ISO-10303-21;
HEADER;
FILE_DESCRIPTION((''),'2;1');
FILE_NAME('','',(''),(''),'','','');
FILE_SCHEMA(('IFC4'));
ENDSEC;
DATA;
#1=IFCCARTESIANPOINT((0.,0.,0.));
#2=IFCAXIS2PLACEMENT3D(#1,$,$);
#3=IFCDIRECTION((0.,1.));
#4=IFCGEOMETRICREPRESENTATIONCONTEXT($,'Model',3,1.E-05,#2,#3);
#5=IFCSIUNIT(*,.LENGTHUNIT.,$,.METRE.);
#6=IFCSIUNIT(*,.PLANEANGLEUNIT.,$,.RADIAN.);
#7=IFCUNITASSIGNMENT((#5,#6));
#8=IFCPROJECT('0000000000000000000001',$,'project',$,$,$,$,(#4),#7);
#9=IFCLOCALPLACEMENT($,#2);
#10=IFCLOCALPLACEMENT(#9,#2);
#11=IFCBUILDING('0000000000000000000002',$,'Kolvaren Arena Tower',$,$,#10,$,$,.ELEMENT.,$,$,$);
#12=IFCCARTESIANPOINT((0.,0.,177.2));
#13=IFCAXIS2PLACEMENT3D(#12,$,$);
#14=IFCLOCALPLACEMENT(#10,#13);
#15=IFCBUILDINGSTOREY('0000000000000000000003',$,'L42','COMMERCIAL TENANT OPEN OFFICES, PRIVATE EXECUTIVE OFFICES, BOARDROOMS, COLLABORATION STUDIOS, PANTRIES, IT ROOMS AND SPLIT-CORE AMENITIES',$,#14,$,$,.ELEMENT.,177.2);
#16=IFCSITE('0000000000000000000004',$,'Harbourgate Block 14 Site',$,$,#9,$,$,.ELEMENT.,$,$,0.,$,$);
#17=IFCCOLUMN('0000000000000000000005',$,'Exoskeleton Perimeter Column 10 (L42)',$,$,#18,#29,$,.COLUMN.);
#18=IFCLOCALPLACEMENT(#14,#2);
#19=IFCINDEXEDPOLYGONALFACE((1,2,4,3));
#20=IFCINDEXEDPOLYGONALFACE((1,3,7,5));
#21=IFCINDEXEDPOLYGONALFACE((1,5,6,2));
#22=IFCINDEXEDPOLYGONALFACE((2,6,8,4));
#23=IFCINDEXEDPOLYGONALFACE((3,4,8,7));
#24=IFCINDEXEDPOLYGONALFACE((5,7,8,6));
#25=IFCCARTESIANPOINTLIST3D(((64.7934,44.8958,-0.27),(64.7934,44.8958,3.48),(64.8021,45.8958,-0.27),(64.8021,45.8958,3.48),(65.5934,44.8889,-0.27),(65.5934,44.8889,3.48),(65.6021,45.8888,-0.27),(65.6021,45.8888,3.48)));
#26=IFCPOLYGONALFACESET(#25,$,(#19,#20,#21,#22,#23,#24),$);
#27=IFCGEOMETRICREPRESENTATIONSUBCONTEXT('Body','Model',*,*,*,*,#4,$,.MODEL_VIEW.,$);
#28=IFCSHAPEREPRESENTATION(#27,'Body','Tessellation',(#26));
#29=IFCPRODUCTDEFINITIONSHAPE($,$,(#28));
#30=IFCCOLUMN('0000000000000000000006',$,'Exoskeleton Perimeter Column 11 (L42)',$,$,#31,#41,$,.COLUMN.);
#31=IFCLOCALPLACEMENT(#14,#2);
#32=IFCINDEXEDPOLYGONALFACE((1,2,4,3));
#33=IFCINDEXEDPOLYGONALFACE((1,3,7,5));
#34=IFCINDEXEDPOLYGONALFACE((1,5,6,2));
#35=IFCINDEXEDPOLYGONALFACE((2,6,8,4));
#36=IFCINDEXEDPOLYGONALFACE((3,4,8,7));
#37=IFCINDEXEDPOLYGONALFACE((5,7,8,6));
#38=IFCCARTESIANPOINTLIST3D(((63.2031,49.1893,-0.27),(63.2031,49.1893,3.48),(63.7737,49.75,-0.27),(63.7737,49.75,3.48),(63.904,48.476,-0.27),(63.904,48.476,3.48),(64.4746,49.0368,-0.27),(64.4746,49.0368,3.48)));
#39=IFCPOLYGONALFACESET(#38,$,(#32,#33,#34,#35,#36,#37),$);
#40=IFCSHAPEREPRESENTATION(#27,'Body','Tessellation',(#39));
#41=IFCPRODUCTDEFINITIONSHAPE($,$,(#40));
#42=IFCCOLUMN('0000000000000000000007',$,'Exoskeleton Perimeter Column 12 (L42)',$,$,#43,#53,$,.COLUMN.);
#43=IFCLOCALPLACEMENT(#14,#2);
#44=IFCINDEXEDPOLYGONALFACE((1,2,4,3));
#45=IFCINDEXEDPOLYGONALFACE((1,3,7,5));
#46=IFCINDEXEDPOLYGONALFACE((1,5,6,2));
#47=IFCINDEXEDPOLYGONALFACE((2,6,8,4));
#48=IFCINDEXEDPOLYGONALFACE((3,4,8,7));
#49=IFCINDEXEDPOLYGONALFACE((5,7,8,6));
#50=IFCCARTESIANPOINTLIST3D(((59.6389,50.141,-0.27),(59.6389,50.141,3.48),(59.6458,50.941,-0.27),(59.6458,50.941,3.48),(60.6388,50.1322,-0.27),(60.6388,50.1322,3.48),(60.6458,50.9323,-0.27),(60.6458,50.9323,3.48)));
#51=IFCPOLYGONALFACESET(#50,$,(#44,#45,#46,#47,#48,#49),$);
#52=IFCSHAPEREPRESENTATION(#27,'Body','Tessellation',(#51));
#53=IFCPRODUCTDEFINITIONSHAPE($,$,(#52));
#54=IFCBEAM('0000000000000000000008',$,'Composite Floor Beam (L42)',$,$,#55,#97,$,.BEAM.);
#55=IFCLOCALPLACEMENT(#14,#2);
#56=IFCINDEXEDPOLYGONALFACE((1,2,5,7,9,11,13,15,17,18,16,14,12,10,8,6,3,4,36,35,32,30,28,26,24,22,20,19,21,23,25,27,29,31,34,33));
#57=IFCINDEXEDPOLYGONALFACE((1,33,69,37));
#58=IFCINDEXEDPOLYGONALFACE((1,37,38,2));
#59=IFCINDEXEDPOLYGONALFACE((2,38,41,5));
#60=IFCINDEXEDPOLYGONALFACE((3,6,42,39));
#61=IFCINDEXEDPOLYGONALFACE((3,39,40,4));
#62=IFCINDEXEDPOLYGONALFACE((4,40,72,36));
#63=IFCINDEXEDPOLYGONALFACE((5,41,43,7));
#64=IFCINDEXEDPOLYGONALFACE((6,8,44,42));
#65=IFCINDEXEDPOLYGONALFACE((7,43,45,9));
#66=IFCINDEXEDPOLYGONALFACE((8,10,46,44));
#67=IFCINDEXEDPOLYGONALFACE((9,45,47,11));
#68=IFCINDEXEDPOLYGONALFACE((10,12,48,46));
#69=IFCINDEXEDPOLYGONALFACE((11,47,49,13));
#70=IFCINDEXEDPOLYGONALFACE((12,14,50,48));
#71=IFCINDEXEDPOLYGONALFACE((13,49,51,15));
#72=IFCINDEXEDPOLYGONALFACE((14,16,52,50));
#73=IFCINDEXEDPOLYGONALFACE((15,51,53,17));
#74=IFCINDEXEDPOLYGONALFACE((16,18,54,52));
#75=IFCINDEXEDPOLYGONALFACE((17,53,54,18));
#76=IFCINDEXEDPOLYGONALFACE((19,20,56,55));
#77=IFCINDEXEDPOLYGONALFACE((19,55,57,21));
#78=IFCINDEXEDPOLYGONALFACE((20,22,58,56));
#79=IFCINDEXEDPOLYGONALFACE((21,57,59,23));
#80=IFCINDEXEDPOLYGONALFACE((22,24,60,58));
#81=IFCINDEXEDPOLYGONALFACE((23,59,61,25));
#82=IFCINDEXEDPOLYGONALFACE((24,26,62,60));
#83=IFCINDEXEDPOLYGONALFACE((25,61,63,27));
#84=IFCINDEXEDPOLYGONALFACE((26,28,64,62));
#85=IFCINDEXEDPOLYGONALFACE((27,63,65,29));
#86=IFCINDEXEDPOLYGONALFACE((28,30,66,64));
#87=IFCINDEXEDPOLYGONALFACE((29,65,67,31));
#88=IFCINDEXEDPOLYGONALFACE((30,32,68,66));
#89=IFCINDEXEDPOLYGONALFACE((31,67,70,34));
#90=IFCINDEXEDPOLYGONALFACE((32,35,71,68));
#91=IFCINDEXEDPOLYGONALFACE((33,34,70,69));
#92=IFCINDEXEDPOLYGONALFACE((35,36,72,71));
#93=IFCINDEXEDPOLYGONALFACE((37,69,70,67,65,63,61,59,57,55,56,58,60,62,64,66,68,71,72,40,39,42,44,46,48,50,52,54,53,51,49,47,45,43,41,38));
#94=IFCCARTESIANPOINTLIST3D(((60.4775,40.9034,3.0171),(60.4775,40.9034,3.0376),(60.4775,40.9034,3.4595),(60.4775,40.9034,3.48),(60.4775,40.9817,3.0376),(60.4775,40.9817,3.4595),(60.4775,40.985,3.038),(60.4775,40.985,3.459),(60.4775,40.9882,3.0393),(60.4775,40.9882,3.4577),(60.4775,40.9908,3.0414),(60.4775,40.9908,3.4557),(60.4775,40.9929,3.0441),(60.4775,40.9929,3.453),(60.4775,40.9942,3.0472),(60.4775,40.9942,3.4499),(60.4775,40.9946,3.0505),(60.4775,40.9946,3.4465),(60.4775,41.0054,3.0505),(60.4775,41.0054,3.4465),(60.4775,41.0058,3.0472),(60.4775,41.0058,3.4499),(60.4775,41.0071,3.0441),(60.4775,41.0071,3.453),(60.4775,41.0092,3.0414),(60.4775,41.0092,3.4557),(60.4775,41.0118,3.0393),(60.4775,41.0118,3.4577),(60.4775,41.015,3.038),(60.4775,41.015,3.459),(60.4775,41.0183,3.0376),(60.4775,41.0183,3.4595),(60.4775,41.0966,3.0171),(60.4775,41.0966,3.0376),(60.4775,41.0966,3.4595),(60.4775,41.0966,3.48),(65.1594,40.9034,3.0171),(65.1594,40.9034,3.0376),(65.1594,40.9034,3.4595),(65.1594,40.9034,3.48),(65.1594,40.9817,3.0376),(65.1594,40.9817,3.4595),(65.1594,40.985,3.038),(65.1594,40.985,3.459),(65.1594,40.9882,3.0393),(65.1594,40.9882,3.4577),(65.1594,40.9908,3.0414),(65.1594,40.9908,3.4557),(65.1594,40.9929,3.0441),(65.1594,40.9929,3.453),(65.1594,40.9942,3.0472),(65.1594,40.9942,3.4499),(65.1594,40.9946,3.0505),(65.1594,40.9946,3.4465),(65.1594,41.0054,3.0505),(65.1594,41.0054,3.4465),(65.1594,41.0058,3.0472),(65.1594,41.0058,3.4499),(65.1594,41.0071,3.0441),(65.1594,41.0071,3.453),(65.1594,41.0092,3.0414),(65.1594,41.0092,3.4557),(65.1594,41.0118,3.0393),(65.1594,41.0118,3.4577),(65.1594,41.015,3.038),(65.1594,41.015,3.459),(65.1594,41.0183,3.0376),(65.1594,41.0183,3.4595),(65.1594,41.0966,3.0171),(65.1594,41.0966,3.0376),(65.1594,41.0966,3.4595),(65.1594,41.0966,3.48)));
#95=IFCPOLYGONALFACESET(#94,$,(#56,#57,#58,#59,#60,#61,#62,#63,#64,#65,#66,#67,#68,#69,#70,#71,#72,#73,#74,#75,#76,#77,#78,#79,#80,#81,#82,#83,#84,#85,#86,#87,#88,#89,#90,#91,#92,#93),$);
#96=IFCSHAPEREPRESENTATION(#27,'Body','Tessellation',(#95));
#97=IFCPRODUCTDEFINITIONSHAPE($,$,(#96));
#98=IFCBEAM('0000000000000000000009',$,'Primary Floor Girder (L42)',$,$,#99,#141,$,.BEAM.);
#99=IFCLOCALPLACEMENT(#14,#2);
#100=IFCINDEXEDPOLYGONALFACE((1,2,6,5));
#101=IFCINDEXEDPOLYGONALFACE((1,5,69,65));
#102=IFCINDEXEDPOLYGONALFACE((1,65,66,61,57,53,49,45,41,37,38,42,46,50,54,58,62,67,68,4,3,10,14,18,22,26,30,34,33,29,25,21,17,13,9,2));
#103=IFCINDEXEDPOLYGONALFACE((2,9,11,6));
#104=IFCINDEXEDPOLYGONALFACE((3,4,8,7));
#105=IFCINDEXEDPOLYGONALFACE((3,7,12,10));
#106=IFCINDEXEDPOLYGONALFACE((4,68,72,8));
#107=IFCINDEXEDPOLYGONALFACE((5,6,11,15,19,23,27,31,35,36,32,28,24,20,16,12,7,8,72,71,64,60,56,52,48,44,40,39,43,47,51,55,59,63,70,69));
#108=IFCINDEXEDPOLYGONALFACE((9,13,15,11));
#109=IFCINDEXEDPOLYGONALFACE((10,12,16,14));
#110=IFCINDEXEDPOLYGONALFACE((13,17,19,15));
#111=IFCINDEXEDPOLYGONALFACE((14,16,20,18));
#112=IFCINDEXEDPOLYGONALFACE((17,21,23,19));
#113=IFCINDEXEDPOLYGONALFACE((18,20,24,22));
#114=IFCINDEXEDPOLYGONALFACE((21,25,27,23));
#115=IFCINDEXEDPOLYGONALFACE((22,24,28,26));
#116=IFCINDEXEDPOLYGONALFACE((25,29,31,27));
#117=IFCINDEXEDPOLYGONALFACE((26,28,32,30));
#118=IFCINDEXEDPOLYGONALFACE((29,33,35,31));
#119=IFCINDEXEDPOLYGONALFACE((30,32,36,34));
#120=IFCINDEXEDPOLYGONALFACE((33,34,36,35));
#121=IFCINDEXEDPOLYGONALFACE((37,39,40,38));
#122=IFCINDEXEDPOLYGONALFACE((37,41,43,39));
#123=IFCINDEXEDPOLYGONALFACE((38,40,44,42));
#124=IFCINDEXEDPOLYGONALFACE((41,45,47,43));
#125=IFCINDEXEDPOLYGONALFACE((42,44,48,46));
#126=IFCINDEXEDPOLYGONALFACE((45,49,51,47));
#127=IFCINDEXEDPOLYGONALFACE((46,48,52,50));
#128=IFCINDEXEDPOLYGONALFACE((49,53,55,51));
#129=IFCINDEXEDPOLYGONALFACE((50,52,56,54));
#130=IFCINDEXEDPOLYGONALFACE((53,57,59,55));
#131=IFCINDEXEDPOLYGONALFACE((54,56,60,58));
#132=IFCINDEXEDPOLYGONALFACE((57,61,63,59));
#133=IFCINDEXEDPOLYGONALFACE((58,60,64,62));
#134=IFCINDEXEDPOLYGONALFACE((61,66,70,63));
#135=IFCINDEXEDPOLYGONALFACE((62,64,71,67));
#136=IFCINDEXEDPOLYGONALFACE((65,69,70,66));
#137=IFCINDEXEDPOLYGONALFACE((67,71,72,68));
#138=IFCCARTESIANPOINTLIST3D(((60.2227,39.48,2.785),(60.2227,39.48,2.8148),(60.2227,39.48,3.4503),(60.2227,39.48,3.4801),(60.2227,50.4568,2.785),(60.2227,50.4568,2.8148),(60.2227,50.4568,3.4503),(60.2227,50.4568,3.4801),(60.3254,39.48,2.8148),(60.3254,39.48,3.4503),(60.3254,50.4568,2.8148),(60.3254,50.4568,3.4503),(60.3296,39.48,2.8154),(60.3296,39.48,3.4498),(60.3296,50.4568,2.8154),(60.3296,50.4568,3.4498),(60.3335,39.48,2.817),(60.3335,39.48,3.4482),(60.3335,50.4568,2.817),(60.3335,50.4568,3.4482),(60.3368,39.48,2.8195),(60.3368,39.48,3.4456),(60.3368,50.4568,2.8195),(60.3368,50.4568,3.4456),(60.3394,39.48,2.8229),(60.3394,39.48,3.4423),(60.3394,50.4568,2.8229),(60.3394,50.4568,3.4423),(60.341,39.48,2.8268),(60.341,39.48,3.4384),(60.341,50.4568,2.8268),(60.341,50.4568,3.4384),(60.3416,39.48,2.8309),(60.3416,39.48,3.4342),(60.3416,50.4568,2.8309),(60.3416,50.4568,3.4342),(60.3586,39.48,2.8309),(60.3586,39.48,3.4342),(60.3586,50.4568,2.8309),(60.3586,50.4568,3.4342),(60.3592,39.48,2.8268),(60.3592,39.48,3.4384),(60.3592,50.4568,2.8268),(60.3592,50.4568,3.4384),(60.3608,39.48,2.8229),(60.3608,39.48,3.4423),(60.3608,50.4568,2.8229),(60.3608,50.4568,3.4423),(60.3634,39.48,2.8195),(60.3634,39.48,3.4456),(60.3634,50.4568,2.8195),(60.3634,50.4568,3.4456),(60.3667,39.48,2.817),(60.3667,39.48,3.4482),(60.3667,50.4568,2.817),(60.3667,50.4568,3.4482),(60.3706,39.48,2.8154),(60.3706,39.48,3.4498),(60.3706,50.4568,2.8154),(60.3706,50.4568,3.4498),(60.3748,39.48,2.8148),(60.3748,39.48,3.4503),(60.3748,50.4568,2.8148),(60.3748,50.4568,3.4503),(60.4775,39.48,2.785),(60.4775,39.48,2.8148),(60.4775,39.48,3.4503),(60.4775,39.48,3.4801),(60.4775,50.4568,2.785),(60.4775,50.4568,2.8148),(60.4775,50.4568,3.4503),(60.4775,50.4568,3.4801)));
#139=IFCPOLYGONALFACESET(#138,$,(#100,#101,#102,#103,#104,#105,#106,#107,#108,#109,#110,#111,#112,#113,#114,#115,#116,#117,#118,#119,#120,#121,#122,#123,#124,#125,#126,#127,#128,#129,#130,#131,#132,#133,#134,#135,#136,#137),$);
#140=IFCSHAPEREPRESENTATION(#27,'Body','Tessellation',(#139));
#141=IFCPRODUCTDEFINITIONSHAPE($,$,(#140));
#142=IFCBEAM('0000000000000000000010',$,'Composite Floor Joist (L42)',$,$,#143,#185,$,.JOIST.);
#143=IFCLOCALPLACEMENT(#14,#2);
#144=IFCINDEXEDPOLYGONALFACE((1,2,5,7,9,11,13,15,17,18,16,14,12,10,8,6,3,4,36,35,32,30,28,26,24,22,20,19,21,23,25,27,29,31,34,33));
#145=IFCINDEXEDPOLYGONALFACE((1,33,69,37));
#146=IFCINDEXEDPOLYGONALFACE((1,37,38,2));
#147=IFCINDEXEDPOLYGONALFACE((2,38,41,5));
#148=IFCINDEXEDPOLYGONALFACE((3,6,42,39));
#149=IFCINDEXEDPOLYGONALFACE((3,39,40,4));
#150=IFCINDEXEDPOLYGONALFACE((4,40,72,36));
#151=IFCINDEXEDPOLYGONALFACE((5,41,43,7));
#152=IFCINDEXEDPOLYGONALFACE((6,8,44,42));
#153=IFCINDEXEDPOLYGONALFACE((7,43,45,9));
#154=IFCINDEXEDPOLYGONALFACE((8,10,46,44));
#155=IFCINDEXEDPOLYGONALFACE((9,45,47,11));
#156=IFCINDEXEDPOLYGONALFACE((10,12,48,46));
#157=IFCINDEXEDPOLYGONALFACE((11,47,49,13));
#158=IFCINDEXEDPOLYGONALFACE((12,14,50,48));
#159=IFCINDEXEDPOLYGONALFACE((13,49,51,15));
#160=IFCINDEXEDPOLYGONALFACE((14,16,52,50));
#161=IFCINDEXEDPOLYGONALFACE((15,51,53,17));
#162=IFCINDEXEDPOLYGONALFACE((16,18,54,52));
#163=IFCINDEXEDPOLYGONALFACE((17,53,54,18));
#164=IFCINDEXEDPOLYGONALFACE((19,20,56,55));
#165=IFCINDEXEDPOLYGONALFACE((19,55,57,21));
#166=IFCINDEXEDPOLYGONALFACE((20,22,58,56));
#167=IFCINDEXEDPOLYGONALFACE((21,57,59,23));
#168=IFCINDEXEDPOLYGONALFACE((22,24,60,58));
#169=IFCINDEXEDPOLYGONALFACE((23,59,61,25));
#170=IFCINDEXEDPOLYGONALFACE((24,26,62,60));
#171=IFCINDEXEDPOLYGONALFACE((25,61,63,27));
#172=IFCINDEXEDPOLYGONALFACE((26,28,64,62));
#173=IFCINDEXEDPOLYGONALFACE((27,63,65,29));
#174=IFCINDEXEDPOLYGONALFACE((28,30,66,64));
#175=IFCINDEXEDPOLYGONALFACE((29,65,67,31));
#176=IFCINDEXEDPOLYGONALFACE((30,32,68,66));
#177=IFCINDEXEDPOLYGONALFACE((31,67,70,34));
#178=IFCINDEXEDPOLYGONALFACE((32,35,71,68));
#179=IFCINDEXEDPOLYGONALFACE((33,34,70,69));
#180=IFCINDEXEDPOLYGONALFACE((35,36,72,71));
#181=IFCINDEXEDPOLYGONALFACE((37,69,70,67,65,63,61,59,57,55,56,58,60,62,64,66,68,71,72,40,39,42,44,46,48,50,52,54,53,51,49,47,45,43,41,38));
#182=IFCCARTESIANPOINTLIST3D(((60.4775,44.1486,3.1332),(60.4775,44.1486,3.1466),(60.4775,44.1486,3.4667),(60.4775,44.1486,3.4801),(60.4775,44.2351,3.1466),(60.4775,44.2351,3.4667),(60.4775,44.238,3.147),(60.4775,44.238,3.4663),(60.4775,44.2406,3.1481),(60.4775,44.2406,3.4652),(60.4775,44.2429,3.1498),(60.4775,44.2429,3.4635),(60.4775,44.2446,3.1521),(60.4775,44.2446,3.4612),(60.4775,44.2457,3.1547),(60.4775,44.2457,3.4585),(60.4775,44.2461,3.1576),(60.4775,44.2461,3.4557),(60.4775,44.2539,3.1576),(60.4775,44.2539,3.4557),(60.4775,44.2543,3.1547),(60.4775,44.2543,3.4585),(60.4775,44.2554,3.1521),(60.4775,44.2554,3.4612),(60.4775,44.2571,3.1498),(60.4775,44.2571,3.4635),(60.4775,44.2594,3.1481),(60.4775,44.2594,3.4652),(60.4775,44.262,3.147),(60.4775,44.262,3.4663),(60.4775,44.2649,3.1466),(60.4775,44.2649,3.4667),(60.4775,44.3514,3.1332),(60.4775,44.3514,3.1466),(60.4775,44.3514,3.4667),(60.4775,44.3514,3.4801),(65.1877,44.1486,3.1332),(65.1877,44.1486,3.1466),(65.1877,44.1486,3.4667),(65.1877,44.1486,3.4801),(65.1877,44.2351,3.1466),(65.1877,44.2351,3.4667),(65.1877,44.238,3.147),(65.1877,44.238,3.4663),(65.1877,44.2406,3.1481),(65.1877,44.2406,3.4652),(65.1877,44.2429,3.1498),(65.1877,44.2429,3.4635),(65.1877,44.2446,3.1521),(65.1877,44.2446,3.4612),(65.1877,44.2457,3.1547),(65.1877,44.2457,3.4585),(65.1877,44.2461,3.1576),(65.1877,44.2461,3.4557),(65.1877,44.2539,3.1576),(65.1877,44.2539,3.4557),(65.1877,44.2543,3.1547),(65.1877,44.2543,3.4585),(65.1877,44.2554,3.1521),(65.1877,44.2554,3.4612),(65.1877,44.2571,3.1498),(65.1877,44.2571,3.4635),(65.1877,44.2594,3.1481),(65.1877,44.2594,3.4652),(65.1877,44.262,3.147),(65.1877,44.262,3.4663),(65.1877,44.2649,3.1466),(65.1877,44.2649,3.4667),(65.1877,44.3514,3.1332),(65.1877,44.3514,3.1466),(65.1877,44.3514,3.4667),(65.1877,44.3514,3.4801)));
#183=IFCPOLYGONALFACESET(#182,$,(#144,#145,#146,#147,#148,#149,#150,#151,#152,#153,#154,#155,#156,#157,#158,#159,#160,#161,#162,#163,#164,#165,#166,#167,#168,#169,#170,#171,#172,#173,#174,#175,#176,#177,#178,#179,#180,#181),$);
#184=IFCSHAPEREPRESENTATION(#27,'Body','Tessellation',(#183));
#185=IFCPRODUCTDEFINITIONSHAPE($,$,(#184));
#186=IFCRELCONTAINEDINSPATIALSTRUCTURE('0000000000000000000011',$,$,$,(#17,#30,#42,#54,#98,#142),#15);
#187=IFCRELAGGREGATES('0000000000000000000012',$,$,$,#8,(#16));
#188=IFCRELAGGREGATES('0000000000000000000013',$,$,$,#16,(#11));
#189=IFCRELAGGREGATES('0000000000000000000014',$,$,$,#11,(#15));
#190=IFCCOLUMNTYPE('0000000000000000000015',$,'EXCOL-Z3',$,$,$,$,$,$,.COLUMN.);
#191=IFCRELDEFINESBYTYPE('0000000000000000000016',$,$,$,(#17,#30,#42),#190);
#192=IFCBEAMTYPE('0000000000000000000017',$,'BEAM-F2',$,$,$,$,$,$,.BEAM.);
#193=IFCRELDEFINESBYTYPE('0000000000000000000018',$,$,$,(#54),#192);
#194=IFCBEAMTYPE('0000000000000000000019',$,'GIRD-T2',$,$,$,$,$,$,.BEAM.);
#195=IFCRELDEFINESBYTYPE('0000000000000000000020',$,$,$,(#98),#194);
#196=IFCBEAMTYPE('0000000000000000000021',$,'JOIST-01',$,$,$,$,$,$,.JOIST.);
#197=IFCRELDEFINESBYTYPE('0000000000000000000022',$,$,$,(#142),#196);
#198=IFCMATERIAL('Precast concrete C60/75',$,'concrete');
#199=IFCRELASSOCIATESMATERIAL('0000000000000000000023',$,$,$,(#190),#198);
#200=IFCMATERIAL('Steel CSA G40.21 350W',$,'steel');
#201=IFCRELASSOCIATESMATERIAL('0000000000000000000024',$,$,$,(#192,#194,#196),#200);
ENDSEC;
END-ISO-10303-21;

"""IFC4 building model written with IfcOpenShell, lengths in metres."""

from ifc_helpers import new_model, si_unit, direction, frame, origin, origin_2d, place, context, subcontext, project, spatial, rectangle, i_section, extrude, material, material_profile, profile_set, type_object, element, save


model = new_model("IFC4")

# Units and contexts
model_context = context("Model", 3, precision=1e-05, world=origin(), true_north=direction((0.0, 1.0)))
body_context = subcontext(model_context, "Body", "Model", "MODEL_VIEW")
ifc_project = project(units=[si_unit("LENGTHUNIT", "METRE"), si_unit("PLANEANGLEUNIT", "RADIAN")], contexts=[model_context])

# Site, building, storey
site_placement = place(None, origin())
site = spatial("IfcSite", under=ifc_project, at=site_placement, Name="Harbourgate Block 14 Site", CompositionType="ELEMENT", RefElevation=0.0)
building_placement = place(site_placement, origin())
building = spatial("IfcBuilding", under=site, at=building_placement, Name="Kolvaren Arena Tower", CompositionType="ELEMENT")
storey_placement = place(building_placement, frame((0.0, 0.0, 177.2)))
storey = spatial("IfcBuildingStorey", under=building, at=storey_placement, Name="L42", Description="COMMERCIAL TENANT OPEN OFFICES, PRIVATE EXECUTIVE OFFICES, BOARDROOMS, COLLABORATION STUDIOS, PANTRIES, IT ROOMS AND SPLIT-CORE AMENITIES", CompositionType="ELEMENT", Elevation=177.2)

# Columns
ifc_material_1 = material(Name="Precast concrete C60/75", Category="concrete")
ifc_material_profile_1 = material_profile(ifc_material_1, rectangle(XDim=1.0, YDim=0.8, at=origin_2d()), Name="RC-1000x800")
ifc_profile_set_1 = profile_set([ifc_material_profile_1], Name="Precast concrete C60/75")
column_type = type_object("IfcColumnType", Name="EXCOL-Z3", PredefinedType="COLUMN", material=ifc_profile_set_1)
for number, where, z_axis, x_axis, name in (
    (1, (65.1978, 45.3923, -0.27), (0.0, 0.0, 1.0), (0.008727, 0.999962, 0.0), "Exoskeleton Perimeter Column 10 (L42)"),
    (2, (63.8389, 49.113, -0.27), (0.0, 0.0, 1.0), (-0.700909, 0.71325, 0.0), "Exoskeleton Perimeter Column 11 (L42)"),
    (3, (60.1423, 50.5366, -0.27), (0.0, 0.0, 1.0), (0.999962, -0.008727, 0.0), "Exoskeleton Perimeter Column 12 (L42)"),
):
    element("IfcColumn", number, at=place(storey_placement, frame(where, z_axis=z_axis, x_axis=x_axis)), inside=storey, type_object=column_type, Name=name, PredefinedType="COLUMN", context=body_context, shape_type="SweptSolid", body=[
        extrude(rectangle(XDim=1.0, YDim=0.8, at=origin_2d()), origin(), (0.0, 0.0, 1.0), 3.75),
    ])

# Beams
ifc_material_2 = material(Name="Steel CSA G40.21 350W", Category="steel")
ifc_material_profile_2 = material_profile(ifc_material_2, i_section(OverallWidth=0.1931, OverallDepth=0.4629, WebThickness=0.0107, FlangeThickness=0.0205, FilletRadius=0.0129, at=origin_2d()), Name="W460x113")
ifc_profile_set_2 = profile_set([ifc_material_profile_2], Name="Steel CSA G40.21 350W")
beam_type_1 = type_object("IfcBeamType", Name="BEAM-F2", PredefinedType="BEAM", material=ifc_profile_set_2)
beam_1_placement = place(storey_placement, frame((60.4775, 41.0, 3.2485), z_axis=(1.0, 0.0, 0.0), x_axis=(0.0, 1.0, 0.0)))
element("IfcBeam", 4, at=beam_1_placement, inside=storey, type_object=beam_type_1, Name="Composite Floor Beam (L42)", PredefinedType="BEAM", context=body_context, shape_type="SweptSolid", body=[
    extrude(i_section(OverallWidth=0.1931, OverallDepth=0.4629, WebThickness=0.0107, FlangeThickness=0.0205, FilletRadius=0.0129, at=origin_2d()), origin(), (0.0, 0.0, 1.0), 4.6819),
])
ifc_material_profile_3 = material_profile(ifc_material_2, i_section(OverallWidth=0.2549, OverallDepth=0.6951, WebThickness=0.0171, FlangeThickness=0.0298, FilletRadius=0.0161, at=origin_2d()), Name="W690x217")
ifc_profile_set_3 = profile_set([ifc_material_profile_3], Name="Steel CSA G40.21 350W")
beam_type_2 = type_object("IfcBeamType", Name="GIRD-T2", PredefinedType="BEAM", material=ifc_profile_set_3)
beam_2_placement = place(storey_placement, frame((60.3501, 39.48, 3.1326), z_axis=(0.0, 1.0, 0.0), x_axis=(-1.0, 0.0, 0.0)))
element("IfcBeam", 5, at=beam_2_placement, inside=storey, type_object=beam_type_2, Name="Primary Floor Girder (L42)", PredefinedType="BEAM", context=body_context, shape_type="SweptSolid", body=[
    extrude(i_section(OverallWidth=0.2549, OverallDepth=0.6951, WebThickness=0.0171, FlangeThickness=0.0298, FilletRadius=0.0161, at=origin_2d()), origin(), (0.0, 0.0, 1.0), 10.9768),
])
ifc_material_profile_4 = material_profile(ifc_material_2, i_section(OverallWidth=0.2029, OverallDepth=0.3469, WebThickness=0.0078, FlangeThickness=0.0134, FilletRadius=0.011, at=origin_2d()), Name="W360x64")
ifc_profile_set_4 = profile_set([ifc_material_profile_4], Name="Steel CSA G40.21 350W")
beam_type_3 = type_object("IfcBeamType", Name="JOIST-01", PredefinedType="JOIST", material=ifc_profile_set_4)
beam_3_placement = place(storey_placement, frame((60.4775, 44.25, 3.3066), z_axis=(1.0, 0.0, 0.0), x_axis=(0.0, 1.0, 0.0)))
element("IfcBeam", 6, at=beam_3_placement, inside=storey, type_object=beam_type_3, Name="Composite Floor Joist (L42)", PredefinedType="JOIST", context=body_context, shape_type="SweptSolid", body=[
    extrude(i_section(OverallWidth=0.2029, OverallDepth=0.3469, WebThickness=0.0078, FlangeThickness=0.0134, FilletRadius=0.011, at=origin_2d()), origin(), (0.0, 0.0, 1.0), 4.7102),
])

save(model, "model.ifc")
